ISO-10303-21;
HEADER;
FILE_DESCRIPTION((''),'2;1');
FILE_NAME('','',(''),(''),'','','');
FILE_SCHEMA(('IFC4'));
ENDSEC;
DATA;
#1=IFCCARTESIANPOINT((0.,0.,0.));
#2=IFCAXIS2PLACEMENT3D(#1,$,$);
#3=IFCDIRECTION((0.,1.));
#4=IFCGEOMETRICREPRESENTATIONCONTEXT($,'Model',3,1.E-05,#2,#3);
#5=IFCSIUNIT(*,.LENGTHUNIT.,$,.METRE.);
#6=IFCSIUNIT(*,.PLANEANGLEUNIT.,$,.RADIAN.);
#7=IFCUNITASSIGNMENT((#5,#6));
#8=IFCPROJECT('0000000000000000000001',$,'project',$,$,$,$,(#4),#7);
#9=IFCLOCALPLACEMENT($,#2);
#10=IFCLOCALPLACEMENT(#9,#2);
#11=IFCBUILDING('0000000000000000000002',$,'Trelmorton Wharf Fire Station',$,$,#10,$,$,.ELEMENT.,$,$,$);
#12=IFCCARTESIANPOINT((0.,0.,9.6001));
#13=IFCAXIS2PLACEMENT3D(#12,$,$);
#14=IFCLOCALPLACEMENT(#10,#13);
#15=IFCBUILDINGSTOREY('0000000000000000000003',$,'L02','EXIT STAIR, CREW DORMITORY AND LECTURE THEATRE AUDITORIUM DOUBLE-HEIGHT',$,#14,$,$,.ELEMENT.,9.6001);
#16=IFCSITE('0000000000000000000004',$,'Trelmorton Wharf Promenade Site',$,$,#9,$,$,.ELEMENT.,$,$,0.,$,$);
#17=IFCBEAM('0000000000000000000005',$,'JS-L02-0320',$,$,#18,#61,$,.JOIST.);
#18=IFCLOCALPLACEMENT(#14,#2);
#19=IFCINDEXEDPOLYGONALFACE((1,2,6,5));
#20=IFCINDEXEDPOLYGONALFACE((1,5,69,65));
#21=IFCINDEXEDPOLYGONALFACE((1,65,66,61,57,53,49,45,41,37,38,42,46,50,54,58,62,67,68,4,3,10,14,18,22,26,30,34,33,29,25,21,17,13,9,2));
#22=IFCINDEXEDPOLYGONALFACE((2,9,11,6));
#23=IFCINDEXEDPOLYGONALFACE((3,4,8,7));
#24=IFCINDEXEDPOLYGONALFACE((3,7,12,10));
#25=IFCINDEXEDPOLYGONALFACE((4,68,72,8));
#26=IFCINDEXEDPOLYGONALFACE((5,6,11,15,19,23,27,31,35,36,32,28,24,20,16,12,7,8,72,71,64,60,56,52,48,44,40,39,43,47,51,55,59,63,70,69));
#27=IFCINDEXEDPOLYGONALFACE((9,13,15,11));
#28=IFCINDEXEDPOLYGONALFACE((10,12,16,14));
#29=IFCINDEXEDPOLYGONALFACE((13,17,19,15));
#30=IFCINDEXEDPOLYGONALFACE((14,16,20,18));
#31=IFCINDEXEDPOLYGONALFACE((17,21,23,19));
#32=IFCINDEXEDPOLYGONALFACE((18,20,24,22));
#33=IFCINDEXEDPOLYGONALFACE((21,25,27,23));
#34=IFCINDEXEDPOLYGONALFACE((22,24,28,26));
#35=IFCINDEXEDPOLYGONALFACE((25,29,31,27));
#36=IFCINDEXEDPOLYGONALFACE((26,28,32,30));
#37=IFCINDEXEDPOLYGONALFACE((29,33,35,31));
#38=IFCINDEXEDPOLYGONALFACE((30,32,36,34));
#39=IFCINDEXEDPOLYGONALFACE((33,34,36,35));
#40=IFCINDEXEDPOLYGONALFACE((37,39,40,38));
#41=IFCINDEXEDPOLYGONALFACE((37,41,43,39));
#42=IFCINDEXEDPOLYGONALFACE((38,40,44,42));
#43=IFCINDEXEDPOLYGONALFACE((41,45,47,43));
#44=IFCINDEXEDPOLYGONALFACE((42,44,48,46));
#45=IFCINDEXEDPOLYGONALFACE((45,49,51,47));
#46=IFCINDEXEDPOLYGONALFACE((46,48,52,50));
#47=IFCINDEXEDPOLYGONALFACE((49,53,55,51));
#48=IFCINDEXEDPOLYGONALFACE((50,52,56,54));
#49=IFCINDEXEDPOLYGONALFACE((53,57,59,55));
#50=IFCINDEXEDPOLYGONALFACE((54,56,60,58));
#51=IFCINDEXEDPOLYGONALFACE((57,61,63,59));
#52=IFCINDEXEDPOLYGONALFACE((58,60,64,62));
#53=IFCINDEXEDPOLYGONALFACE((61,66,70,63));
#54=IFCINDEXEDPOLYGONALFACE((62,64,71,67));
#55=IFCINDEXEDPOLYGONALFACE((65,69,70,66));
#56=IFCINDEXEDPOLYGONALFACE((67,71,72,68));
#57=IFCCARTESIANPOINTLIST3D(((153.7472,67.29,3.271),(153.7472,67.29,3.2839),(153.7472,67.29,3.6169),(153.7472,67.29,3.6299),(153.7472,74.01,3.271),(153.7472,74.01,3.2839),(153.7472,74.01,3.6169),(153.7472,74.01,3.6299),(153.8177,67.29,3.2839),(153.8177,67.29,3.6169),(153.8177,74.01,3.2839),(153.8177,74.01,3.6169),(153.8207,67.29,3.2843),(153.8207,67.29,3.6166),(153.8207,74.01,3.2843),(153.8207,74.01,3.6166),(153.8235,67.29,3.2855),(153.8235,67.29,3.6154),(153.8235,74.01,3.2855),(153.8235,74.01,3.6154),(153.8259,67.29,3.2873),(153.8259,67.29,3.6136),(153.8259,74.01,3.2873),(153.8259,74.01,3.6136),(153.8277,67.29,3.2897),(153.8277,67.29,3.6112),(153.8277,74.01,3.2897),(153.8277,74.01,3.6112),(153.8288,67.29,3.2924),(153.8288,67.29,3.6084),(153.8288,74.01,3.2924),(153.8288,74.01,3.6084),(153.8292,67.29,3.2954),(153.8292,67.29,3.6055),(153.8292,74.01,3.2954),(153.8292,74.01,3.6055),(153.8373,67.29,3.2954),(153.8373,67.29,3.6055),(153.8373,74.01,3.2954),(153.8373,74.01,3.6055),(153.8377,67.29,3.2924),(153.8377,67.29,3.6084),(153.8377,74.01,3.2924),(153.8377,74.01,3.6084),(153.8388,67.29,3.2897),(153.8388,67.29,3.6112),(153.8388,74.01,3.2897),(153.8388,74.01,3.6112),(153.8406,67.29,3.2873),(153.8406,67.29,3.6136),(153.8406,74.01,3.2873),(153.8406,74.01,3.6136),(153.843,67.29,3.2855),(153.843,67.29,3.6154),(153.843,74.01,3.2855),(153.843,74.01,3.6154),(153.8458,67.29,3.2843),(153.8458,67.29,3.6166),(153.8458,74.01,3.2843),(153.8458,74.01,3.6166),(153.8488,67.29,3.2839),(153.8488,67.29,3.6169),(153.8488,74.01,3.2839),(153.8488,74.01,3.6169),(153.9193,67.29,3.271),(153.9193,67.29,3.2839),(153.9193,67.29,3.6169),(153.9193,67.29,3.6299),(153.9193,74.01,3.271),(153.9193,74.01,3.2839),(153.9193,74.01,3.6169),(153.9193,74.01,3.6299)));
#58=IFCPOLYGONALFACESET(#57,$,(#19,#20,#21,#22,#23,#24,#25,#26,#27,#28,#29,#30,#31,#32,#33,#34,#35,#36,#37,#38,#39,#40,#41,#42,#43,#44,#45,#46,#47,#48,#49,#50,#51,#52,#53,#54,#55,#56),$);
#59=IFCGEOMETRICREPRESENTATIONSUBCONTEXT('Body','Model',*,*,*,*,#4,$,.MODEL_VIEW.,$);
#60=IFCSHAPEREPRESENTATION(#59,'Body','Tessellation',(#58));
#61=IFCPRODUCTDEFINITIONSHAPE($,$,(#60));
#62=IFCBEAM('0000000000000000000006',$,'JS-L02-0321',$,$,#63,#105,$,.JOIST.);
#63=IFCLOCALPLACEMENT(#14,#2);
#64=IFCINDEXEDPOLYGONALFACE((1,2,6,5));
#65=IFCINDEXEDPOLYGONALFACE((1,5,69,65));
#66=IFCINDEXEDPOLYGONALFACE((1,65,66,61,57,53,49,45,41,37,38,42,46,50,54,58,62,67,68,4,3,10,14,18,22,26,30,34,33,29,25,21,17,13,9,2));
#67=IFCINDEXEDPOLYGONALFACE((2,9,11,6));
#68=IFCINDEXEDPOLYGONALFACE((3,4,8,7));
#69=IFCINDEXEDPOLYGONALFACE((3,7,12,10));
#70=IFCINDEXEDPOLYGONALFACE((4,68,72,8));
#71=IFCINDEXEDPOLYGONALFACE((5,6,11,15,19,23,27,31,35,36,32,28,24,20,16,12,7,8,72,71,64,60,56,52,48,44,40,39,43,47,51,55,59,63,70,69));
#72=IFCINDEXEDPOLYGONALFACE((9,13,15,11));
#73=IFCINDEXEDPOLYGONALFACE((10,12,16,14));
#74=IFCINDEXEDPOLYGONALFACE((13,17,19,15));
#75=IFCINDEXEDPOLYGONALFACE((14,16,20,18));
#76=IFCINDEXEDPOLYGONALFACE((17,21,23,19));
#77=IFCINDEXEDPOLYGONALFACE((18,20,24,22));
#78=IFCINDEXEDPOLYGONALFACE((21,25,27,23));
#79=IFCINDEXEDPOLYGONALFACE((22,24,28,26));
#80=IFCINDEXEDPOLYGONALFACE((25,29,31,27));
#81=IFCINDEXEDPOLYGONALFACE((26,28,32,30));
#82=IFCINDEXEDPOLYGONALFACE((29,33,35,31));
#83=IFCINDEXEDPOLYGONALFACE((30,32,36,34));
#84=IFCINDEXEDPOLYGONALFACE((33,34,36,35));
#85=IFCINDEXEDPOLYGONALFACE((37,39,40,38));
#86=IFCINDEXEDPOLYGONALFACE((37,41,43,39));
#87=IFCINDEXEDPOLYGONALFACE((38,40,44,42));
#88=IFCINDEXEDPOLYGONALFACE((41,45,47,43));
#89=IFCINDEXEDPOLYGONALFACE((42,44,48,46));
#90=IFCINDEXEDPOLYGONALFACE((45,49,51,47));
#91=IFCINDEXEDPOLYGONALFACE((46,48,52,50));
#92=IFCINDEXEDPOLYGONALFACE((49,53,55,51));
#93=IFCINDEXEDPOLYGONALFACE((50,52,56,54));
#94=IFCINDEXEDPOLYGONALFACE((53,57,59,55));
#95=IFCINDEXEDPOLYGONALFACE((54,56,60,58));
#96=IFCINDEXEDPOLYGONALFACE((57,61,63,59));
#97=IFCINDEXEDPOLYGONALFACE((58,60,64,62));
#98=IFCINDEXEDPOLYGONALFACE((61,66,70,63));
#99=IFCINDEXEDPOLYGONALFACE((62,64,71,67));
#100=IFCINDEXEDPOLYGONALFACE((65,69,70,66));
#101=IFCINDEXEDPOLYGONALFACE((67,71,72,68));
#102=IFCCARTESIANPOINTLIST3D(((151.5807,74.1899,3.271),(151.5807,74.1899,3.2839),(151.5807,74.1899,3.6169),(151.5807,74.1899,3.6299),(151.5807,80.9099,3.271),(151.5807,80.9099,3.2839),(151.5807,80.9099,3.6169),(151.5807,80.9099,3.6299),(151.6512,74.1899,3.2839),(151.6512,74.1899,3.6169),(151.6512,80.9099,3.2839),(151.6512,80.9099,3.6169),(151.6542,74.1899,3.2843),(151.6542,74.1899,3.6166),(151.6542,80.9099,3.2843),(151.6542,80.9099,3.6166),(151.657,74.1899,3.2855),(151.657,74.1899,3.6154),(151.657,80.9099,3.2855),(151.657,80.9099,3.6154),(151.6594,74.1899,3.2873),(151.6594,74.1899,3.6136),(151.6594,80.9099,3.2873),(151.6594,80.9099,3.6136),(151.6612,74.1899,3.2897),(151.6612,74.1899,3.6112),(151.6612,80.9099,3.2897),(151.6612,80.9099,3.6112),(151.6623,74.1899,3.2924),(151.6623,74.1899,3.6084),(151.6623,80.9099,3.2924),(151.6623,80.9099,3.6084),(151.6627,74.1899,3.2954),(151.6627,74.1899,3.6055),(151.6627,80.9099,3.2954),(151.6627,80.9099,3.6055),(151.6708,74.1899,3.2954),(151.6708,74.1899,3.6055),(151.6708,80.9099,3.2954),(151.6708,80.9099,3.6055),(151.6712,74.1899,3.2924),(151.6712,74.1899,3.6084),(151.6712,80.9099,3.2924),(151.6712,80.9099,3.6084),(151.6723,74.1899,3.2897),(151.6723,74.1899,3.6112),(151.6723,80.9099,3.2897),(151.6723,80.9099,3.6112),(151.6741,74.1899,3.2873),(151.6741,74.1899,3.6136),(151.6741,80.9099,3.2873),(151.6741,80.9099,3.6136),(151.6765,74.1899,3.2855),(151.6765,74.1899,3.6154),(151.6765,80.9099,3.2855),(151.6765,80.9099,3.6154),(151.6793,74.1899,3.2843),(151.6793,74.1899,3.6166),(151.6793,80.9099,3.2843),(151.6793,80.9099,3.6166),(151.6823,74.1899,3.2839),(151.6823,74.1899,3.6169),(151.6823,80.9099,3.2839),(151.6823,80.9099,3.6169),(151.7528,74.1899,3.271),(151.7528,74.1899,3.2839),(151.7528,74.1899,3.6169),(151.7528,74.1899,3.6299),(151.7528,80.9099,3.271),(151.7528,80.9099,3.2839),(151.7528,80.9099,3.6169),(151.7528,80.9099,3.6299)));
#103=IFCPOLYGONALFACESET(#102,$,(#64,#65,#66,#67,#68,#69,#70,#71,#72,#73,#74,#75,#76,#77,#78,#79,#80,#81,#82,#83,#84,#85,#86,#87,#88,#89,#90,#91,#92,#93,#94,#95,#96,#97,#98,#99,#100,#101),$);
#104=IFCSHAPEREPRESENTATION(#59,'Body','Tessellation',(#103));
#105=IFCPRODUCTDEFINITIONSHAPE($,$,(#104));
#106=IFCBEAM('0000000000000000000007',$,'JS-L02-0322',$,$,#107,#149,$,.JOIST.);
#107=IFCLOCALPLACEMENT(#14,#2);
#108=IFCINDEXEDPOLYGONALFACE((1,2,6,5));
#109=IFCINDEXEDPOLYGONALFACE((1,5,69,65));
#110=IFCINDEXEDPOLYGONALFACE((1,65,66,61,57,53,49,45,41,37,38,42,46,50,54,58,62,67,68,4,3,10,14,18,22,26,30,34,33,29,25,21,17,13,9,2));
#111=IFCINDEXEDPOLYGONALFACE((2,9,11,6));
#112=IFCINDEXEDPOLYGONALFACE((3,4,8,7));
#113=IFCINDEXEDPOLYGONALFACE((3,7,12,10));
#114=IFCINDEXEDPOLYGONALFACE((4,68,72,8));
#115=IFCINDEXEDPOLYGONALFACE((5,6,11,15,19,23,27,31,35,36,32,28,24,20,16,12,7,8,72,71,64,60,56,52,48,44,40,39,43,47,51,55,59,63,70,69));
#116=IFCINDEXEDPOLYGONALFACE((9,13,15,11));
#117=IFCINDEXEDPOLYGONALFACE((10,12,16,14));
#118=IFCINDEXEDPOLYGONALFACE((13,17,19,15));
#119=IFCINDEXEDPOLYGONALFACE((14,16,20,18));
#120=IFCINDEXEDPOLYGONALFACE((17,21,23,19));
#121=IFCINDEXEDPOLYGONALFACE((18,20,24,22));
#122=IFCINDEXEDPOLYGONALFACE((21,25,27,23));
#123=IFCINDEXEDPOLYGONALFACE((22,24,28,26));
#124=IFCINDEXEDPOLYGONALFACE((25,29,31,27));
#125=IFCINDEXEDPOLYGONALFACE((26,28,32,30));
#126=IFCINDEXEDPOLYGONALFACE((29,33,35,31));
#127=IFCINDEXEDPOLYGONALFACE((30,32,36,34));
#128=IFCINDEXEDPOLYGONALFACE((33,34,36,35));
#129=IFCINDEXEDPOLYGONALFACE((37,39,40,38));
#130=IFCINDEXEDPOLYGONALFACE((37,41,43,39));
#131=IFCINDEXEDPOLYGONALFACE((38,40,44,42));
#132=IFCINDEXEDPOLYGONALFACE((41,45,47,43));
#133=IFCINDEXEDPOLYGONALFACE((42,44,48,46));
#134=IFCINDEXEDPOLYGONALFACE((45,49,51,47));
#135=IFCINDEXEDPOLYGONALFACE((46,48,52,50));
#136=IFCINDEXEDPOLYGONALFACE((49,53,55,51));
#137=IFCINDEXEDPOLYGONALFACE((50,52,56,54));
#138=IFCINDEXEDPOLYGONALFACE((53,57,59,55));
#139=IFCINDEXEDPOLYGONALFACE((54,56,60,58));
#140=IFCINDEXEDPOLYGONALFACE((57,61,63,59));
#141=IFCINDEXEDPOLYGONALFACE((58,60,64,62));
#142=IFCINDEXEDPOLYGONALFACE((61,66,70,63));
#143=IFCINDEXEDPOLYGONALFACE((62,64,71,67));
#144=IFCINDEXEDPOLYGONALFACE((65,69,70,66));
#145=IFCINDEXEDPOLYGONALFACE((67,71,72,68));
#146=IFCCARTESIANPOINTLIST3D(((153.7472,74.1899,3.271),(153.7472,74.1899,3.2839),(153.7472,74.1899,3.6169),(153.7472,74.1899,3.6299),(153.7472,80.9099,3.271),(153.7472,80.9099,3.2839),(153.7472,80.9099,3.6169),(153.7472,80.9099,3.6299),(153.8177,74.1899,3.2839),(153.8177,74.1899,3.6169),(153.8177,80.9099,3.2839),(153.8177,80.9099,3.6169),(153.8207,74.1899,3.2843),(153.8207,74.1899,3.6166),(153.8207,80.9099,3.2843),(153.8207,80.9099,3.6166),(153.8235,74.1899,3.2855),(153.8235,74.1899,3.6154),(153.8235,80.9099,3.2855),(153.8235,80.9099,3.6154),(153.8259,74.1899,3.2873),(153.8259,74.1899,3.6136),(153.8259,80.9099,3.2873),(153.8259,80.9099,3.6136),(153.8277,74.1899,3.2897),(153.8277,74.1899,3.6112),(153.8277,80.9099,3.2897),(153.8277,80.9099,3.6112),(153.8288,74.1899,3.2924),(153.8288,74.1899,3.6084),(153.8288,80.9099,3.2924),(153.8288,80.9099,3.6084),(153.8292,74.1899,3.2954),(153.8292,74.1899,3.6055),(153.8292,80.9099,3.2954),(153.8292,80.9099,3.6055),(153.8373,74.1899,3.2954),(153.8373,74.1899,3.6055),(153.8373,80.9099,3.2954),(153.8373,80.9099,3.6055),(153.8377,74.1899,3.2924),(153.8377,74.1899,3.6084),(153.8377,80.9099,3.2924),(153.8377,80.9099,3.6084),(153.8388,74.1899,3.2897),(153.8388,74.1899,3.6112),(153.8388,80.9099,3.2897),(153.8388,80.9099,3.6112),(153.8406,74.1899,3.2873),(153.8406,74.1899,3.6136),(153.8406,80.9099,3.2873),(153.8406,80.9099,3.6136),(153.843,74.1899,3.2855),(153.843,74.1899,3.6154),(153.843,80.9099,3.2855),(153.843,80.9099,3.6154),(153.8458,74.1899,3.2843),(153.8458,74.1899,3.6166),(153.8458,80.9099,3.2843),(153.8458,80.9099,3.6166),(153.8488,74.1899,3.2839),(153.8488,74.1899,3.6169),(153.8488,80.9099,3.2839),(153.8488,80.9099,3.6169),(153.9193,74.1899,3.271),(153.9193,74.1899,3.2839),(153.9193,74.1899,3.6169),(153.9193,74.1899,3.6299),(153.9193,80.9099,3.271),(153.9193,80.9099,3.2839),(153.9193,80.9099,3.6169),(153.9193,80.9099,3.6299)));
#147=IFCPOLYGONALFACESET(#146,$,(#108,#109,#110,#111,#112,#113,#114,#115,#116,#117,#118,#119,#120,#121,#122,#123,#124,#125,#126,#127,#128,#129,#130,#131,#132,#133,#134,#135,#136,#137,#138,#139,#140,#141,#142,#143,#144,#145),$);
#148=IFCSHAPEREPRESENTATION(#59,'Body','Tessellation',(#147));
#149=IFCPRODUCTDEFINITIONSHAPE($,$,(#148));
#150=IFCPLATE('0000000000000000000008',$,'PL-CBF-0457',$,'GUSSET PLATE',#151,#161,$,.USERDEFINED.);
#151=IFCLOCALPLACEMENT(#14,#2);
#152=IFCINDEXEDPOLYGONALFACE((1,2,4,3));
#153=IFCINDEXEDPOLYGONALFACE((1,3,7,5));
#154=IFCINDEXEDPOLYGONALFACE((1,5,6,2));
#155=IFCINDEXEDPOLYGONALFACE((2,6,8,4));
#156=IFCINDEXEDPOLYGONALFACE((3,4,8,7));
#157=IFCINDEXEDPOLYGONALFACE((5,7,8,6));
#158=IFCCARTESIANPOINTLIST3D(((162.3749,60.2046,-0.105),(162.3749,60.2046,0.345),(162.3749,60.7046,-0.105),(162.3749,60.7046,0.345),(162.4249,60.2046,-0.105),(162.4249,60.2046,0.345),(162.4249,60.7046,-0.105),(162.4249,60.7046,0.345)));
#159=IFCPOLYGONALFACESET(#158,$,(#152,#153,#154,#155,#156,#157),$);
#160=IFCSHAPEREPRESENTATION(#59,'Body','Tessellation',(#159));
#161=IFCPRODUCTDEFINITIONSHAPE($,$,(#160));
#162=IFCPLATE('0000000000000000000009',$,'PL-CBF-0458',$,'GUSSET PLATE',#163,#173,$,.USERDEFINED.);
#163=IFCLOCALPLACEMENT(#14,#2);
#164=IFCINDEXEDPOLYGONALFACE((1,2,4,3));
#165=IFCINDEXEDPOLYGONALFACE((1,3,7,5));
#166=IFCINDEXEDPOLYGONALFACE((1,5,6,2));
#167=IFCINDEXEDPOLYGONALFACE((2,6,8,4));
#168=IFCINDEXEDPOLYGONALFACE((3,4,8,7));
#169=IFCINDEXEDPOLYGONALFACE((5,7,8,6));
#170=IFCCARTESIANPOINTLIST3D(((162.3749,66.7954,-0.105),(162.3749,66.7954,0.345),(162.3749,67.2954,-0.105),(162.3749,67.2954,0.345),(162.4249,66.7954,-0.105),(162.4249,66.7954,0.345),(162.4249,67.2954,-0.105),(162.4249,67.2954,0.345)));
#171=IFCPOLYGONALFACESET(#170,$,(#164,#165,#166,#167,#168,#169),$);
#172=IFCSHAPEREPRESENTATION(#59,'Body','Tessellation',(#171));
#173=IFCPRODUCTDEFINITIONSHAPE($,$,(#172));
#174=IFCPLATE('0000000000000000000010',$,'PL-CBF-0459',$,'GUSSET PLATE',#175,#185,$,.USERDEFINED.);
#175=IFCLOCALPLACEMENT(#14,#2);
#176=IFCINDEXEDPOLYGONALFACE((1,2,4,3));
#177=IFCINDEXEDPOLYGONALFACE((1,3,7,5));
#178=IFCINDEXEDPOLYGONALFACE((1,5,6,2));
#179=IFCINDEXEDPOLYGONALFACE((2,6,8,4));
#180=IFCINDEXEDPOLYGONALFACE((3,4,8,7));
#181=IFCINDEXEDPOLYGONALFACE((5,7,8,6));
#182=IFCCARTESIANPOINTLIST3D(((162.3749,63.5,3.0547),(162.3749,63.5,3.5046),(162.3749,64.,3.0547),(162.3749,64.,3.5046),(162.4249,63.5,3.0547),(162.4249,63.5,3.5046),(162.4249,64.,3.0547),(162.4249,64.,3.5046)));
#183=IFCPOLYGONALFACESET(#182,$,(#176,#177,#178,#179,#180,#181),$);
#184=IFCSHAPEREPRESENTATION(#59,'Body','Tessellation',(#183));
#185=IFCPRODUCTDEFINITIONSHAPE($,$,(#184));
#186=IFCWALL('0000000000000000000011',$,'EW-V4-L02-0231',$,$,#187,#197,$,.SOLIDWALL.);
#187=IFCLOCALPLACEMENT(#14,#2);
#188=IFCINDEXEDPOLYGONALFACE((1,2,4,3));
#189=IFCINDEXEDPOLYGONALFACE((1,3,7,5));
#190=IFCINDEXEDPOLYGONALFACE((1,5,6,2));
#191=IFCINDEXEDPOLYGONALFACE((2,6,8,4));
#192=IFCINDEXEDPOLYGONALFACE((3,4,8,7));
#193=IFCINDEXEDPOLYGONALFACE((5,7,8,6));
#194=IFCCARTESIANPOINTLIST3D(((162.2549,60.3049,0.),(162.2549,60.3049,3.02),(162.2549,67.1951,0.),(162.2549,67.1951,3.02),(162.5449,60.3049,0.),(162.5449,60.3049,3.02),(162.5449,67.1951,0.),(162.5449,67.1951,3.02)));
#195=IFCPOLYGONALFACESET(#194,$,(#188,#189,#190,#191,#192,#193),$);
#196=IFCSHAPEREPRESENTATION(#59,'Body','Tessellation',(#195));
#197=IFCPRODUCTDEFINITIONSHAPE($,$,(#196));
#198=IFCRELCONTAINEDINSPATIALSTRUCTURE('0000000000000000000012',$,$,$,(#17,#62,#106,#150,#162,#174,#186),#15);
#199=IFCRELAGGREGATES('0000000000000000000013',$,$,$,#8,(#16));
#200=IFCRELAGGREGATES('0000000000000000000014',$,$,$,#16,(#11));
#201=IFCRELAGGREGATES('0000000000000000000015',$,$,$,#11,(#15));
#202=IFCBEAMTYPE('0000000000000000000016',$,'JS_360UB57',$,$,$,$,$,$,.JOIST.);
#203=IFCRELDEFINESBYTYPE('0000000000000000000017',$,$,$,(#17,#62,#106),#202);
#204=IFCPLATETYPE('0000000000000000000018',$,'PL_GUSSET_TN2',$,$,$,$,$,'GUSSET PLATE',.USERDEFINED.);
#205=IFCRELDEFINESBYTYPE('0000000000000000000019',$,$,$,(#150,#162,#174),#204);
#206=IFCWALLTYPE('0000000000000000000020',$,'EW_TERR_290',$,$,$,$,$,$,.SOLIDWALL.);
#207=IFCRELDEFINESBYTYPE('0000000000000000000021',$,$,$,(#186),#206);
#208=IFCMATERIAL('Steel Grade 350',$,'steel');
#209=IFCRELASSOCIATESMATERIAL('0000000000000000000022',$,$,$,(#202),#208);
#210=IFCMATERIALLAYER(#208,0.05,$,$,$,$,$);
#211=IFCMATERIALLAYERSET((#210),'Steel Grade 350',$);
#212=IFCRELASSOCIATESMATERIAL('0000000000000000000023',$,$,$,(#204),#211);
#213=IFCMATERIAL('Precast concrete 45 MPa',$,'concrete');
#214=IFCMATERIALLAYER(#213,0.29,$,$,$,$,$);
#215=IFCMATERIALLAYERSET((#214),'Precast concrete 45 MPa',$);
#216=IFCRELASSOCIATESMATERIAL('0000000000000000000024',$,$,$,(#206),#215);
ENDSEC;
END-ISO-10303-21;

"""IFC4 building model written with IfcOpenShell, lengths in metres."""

from ifc_helpers import new_model, si_unit, direction, frame, frame_2d, origin, origin_2d, place, context, subcontext, project, spatial, rectangle, i_section, extrude, material, layer, layer_set, material_profile, profile_set, type_object, element, save


model = new_model("IFC4")

# Units and contexts
model_context = context("Model", 3, precision=1e-05, world=origin(), true_north=direction((0.0, 1.0)))
body_context = subcontext(model_context, "Body", "Model", "MODEL_VIEW")
ifc_project = project(units=[si_unit("LENGTHUNIT", "METRE"), si_unit("PLANEANGLEUNIT", "RADIAN")], contexts=[model_context])

# Site, building, storey
site_placement = place(None, origin())
site = spatial("IfcSite", under=ifc_project, at=site_placement, Name="Trelmorton Wharf Promenade Site", CompositionType="ELEMENT", RefElevation=0.0)
building_placement = place(site_placement, origin())
building = spatial("IfcBuilding", under=site, at=building_placement, Name="Trelmorton Wharf Fire Station", CompositionType="ELEMENT")
storey_placement = place(building_placement, frame((0.0, 0.0, 9.6001)))
storey = spatial("IfcBuildingStorey", under=building, at=storey_placement, Name="L02", Description="EXIT STAIR, CREW DORMITORY AND LECTURE THEATRE AUDITORIUM DOUBLE-HEIGHT", CompositionType="ELEMENT", Elevation=9.6001)

# Shared definitions
ifc_material_1 = material(Name="Steel Grade 350", Category="steel")

# Beams
ifc_material_profile_1 = material_profile(ifc_material_1, i_section(OverallWidth=0.1721, OverallDepth=0.3589, WebThickness=0.0081, FlangeThickness=0.0129, FilletRadius=0.0115, at=origin_2d()), Name="360UB56.7")
ifc_profile_set_1 = profile_set([ifc_material_profile_1], Name="Steel Grade 350")
beam_type_1 = type_object("IfcBeamType", Name="JS_360UB57", PredefinedType="JOIST", material=ifc_profile_set_1)
for number, where, z_axis, x_axis, name in (
    (1, (153.8333, 67.29, 3.4504), (0.0, 1.0, 0.0), (-1.0, 0.0, 0.0), "JS-L02-0320"),
    (2, (151.6667, 74.1899, 3.4504), (0.0, 1.0, 0.0), (-1.0, 0.0, 0.0), "JS-L02-0321"),
    (3, (153.8333, 74.1899, 3.4504), (0.0, 1.0, 0.0), (-1.0, 0.0, 0.0), "JS-L02-0322"),
):
    element("IfcBeam", number, at=place(storey_placement, frame(where, z_axis=z_axis, x_axis=x_axis)), inside=storey, type_object=beam_type_1, Name=name, PredefinedType="JOIST", context=body_context, shape_type="SweptSolid", body=[
        extrude(i_section(OverallWidth=0.1721, OverallDepth=0.3589, WebThickness=0.0081, FlangeThickness=0.0129, FilletRadius=0.0115, at=origin_2d()), origin(), (0.0, 0.0, 1.0), 6.72),
    ])

# Plates
ifc_layer_1 = layer(ifc_material_1, 0.05)
ifc_layer_set_1 = layer_set([ifc_layer_1], Name="Steel Grade 350")
plate_type = type_object("IfcPlateType", Name="PL_GUSSET_TN2", ElementType="GUSSET PLATE", PredefinedType="USERDEFINED", material=ifc_layer_set_1)
for number, where, z_axis, x_axis, name in (
    (4, (162.3999, 60.4546, -0.105), (0.0, 0.0, 1.0), (1.0, 0.0, 0.0), "PL-CBF-0457"),
    (5, (162.3999, 67.0454, -0.105), (0.0, 0.0, 1.0), (1.0, 0.0, 0.0), "PL-CBF-0458"),
    (6, (162.3999, 63.75, 3.0547), (0.0, 0.0, 1.0), (1.0, 0.0, 0.0), "PL-CBF-0459"),
):
    element("IfcPlate", number, at=place(storey_placement, frame(where, z_axis=z_axis, x_axis=x_axis)), inside=storey, type_object=plate_type, Name=name, ObjectType="GUSSET PLATE", PredefinedType="USERDEFINED", context=body_context, shape_type="SweptSolid", body=[
        extrude(rectangle(XDim=0.05, YDim=0.5, at=origin_2d()), origin(), (0.0, 0.0, 1.0), 0.45),
    ])

# Wall
ifc_material_2 = material(Name="Precast concrete 45 MPa", Category="concrete")
ifc_layer_2 = layer(ifc_material_2, 0.29)
ifc_layer_set_2 = layer_set([ifc_layer_2], Name="Precast concrete 45 MPa")
wall_type_1 = type_object("IfcWallType", Name="EW_TERR_290", PredefinedType="SOLIDWALL", material=ifc_layer_set_2)
wall_1_placement = place(storey_placement, frame((162.3999, 67.1951, 0.0), z_axis=(0.0, 0.0, 1.0), x_axis=(0.0, -1.0, 0.0)))
element("IfcWall", 7, at=wall_1_placement, inside=storey, type_object=wall_type_1, Name="EW-V4-L02-0231", PredefinedType="SOLIDWALL", context=body_context, shape_type="SweptSolid", body=[
    extrude(rectangle(XDim=6.8901, YDim=0.29, at=frame_2d((3.4451, 0.0))), origin(), (0.0, 0.0, 1.0), 3.02),
])

save(model, "model.ifc")
